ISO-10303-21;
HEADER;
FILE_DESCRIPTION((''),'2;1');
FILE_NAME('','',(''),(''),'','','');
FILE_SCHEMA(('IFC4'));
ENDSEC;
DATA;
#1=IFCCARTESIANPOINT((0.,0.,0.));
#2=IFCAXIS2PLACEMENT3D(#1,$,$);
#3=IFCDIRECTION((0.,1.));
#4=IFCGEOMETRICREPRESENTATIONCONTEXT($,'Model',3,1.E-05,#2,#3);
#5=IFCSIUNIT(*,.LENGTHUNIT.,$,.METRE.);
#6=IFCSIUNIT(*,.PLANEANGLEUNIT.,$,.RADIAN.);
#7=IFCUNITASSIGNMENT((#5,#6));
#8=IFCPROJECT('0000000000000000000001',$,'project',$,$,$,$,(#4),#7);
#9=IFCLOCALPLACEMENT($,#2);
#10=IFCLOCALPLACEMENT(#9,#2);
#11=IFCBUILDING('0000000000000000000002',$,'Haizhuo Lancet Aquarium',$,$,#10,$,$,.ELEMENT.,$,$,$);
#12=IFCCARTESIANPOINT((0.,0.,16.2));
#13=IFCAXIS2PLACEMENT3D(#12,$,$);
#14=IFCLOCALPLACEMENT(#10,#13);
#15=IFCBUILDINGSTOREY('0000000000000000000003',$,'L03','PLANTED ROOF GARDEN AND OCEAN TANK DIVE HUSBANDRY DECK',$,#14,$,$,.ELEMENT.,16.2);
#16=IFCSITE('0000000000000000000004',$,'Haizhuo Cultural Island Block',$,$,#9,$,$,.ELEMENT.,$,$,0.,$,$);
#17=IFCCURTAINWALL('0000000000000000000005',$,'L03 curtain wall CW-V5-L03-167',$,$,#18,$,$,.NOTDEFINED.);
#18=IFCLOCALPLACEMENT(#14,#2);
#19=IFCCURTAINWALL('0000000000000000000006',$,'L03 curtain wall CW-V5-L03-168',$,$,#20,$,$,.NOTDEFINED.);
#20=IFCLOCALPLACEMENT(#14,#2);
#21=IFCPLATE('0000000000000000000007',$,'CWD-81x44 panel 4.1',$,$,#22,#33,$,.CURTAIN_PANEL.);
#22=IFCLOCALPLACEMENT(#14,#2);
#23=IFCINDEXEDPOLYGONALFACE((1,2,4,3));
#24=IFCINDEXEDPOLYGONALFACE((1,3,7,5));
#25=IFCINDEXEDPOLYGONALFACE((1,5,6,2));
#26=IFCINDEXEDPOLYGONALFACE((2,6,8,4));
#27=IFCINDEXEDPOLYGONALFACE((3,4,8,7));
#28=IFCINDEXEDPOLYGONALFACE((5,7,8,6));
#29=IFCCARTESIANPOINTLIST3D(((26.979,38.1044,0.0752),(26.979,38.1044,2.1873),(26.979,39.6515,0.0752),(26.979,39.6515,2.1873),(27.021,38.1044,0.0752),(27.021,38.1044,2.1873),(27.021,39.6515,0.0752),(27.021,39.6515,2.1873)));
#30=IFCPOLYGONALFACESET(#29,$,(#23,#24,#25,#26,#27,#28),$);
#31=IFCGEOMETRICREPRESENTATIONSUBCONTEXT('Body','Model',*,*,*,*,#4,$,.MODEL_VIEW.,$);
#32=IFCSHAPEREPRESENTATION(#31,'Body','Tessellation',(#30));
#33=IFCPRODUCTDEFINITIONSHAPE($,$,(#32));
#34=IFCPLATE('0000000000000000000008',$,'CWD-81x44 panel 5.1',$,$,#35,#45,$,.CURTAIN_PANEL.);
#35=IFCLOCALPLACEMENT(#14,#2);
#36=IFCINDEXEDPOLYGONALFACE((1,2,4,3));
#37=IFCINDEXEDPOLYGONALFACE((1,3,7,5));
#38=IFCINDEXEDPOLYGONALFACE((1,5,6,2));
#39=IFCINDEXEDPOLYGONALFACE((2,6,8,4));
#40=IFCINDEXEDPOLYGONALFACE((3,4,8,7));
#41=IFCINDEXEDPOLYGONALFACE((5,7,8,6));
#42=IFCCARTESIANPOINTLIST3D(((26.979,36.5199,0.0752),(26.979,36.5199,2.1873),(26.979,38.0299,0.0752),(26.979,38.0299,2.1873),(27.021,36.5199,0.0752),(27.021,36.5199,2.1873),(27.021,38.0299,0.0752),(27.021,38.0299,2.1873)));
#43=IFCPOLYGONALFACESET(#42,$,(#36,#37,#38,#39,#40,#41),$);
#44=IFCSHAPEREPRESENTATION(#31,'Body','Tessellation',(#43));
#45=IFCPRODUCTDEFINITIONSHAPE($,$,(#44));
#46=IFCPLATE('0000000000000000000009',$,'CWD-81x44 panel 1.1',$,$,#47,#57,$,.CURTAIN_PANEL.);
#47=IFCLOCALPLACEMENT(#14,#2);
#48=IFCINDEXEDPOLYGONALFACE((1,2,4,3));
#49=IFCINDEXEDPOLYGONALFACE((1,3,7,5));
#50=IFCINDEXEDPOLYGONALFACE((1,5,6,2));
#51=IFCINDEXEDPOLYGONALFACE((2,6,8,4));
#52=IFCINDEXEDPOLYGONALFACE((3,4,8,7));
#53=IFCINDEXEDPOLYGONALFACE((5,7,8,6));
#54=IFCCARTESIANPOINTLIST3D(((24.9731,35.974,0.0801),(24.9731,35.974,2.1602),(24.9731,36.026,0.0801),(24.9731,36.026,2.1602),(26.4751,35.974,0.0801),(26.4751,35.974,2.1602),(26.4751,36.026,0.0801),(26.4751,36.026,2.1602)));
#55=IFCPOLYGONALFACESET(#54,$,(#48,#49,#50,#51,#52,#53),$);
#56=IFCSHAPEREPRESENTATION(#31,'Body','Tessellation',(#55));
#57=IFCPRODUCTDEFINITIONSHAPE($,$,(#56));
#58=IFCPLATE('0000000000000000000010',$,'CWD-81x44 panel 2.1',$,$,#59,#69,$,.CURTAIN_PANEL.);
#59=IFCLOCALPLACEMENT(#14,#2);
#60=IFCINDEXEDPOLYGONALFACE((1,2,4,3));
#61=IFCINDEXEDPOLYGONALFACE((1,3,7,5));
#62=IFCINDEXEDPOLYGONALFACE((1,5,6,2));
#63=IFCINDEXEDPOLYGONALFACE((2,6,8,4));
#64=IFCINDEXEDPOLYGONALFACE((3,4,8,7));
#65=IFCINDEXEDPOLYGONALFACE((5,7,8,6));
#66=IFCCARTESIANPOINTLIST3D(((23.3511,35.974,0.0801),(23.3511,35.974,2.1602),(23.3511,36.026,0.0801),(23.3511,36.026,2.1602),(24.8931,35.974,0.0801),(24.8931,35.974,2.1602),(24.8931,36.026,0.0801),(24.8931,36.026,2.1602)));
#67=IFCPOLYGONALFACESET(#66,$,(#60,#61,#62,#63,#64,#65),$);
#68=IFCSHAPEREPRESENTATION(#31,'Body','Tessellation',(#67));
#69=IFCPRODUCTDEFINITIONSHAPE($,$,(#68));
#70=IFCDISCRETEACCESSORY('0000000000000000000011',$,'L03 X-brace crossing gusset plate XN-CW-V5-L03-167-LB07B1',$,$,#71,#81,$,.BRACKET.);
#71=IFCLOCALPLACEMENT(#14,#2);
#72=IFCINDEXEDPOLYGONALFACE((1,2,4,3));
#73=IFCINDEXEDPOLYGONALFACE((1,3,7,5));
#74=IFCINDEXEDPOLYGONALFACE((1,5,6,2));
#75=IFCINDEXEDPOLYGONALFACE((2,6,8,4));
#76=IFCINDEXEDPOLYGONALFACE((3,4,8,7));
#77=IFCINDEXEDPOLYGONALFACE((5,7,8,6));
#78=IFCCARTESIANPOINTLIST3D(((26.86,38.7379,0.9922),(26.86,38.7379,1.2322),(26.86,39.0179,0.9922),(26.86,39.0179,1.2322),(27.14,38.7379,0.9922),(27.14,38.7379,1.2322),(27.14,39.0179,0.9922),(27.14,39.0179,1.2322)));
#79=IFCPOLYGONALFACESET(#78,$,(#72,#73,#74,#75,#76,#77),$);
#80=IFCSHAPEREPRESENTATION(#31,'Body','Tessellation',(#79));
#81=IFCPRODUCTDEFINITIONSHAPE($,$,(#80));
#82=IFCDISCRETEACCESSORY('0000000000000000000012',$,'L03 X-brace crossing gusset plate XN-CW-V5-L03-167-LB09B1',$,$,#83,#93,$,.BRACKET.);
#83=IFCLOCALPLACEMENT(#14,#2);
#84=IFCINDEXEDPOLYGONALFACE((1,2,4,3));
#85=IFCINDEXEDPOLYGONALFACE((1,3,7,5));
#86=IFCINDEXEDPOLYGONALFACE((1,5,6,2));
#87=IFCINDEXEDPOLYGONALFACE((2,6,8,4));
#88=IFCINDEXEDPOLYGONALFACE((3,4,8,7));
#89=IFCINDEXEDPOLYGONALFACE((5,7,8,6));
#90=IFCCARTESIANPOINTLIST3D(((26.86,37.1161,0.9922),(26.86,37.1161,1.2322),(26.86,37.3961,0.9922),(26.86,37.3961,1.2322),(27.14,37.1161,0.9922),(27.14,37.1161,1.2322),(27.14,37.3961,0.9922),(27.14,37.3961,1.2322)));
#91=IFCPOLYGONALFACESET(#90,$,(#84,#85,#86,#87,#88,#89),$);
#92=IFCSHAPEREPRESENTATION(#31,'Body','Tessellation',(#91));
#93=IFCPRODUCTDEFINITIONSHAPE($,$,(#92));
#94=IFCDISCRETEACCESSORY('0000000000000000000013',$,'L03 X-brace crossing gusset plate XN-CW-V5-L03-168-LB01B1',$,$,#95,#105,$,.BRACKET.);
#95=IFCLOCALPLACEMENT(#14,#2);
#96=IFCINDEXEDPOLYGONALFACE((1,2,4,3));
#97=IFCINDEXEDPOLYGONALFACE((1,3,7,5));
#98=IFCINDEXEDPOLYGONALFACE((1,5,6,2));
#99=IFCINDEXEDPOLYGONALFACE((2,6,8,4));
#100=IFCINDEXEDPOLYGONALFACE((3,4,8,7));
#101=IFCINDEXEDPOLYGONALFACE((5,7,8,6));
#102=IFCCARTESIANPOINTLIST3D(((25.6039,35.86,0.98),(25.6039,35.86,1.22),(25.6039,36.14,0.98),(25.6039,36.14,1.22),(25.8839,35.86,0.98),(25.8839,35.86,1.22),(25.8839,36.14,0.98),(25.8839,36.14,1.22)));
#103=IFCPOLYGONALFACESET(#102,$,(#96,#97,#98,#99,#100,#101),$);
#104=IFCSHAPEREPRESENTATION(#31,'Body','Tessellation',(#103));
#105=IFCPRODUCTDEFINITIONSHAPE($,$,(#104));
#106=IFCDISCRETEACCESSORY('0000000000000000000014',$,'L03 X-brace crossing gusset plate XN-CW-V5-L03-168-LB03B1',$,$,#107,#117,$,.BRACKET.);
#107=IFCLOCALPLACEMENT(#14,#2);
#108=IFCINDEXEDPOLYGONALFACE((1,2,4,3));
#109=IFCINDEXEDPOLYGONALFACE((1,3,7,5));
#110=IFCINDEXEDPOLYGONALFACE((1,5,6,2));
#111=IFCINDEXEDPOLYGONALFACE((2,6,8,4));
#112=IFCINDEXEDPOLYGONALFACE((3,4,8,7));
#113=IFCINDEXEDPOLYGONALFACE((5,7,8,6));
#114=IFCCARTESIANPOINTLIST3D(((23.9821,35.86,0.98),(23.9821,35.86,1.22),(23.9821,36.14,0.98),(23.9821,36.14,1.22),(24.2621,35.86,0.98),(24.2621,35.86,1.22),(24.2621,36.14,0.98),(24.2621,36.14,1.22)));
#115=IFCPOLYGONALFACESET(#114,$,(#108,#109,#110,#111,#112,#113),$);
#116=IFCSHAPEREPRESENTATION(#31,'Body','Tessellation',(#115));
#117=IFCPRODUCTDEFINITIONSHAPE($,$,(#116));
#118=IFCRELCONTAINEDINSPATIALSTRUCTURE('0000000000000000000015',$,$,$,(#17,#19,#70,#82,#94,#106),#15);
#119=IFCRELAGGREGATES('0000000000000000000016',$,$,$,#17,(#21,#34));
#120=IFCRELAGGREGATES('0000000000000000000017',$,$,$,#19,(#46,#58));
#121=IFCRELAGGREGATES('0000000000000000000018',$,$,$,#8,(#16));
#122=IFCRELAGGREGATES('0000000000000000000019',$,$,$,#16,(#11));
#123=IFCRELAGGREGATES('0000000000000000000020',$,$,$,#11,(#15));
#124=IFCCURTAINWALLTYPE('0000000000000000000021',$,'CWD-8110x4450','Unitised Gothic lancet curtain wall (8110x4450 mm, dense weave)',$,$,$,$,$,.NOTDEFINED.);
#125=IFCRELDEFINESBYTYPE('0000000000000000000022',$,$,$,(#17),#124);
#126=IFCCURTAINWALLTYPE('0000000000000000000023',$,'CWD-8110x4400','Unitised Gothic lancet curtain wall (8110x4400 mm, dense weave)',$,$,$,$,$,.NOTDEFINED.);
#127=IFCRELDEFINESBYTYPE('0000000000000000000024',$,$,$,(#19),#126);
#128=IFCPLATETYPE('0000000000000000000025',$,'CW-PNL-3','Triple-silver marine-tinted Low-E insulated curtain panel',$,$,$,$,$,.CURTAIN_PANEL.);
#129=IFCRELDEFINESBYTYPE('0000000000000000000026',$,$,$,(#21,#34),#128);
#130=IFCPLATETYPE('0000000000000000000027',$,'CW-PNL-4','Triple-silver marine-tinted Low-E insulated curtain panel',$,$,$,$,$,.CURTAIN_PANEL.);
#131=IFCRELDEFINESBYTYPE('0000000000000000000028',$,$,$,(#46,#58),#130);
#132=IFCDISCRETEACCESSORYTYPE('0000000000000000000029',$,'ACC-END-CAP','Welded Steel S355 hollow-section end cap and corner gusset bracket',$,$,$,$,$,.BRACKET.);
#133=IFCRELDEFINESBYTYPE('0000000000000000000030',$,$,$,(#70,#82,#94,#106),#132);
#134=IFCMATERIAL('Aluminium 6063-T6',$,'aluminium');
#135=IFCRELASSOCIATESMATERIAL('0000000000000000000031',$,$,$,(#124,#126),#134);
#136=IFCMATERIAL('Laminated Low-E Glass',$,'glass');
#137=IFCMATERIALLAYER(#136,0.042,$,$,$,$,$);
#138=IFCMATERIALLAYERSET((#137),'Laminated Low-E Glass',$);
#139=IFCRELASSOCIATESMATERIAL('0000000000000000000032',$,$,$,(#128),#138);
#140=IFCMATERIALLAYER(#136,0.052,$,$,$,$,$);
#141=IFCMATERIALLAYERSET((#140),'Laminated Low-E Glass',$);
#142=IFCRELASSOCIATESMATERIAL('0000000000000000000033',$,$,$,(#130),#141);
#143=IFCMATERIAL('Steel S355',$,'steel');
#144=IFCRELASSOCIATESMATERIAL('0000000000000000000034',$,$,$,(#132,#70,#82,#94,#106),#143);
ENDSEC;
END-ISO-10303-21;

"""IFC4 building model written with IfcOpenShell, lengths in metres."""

from ifc_helpers import new_model, si_unit, direction, frame, origin, origin_2d, place, context, subcontext, project, spatial, rectangle, extrude, material, layer, layer_set, type_object, element, aggregate, save


model = new_model("IFC4")

# Units and contexts
model_context = context("Model", 3, precision=1e-05, world=origin(), true_north=direction((0.0, 1.0)))
body_context = subcontext(model_context, "Body", "Model", "MODEL_VIEW")
ifc_project = project(units=[si_unit("LENGTHUNIT", "METRE"), si_unit("PLANEANGLEUNIT", "RADIAN")], contexts=[model_context])

# Site, building, storey
site_placement = place(None, origin())
site = spatial("IfcSite", under=ifc_project, at=site_placement, Name="Haizhuo Cultural Island Block", CompositionType="ELEMENT", RefElevation=0.0)
building_placement = place(site_placement, origin())
building = spatial("IfcBuilding", under=site, at=building_placement, Name="Haizhuo Lancet Aquarium", CompositionType="ELEMENT")
storey_placement = place(building_placement, frame((0.0, 0.0, 16.2)))
storey = spatial("IfcBuildingStorey", under=building, at=storey_placement, Name="L03", Description="PLANTED ROOF GARDEN AND OCEAN TANK DIVE HUSBANDRY DECK", CompositionType="ELEMENT", Elevation=16.2)

# Curtain walls
ifc_material_1 = material(Name="Aluminium 6063-T6", Category="aluminium")
curtain_wall_type_1 = type_object("IfcCurtainWallType", Name="CWD-8110x4450", Description="Unitised Gothic lancet curtain wall (8110x4450 mm, dense weave)", PredefinedType="NOTDEFINED", material=ifc_material_1)
curtain_wall_1_placement = place(storey_placement, origin())
curtain_wall_1 = element("IfcCurtainWall", 1, at=curtain_wall_1_placement, inside=storey, type_object=curtain_wall_type_1, Name="L03 curtain wall CW-V5-L03-167", PredefinedType="NOTDEFINED")
curtain_wall_type_2 = type_object("IfcCurtainWallType", Name="CWD-8110x4400", Description="Unitised Gothic lancet curtain wall (8110x4400 mm, dense weave)", PredefinedType="NOTDEFINED", material=ifc_material_1)
curtain_wall_2_placement = place(storey_placement, origin())
curtain_wall_2 = element("IfcCurtainWall", 2, at=curtain_wall_2_placement, inside=storey, type_object=curtain_wall_type_2, Name="L03 curtain wall CW-V5-L03-168", PredefinedType="NOTDEFINED")

# Shared definitions
ifc_material_2 = material(Name="Steel S355", Category="steel")

# Plates
ifc_material_3 = material(Name="Laminated Low-E Glass", Category="glass")
ifc_layer_1 = layer(ifc_material_3, 0.042)
ifc_layer_set_1 = layer_set([ifc_layer_1], Name="Laminated Low-E Glass")
plate_type_1 = type_object("IfcPlateType", Name="CW-PNL-3", Description="Triple-silver marine-tinted Low-E insulated curtain panel", PredefinedType="CURTAIN_PANEL", material=ifc_layer_set_1)
plate_1_placement = place(storey_placement, frame((27.0, 38.8779, 0.0752), z_axis=(0.0, 0.0, 1.0), x_axis=(0.0, -1.0, 0.0)))
plate_1 = element("IfcPlate", 3, at=plate_1_placement, type_object=plate_type_1, Name="CWD-81x44 panel 4.1", PredefinedType="CURTAIN_PANEL", context=body_context, shape_type="SweptSolid", body=[
    extrude(rectangle(XDim=1.5471, YDim=0.042, at=origin_2d()), origin(), (0.0, 0.0, 1.0), 2.1121),
])
plate_2_placement = place(storey_placement, frame((27.0, 37.2749, 0.0752), z_axis=(0.0, 0.0, 1.0), x_axis=(0.0, -1.0, 0.0)))
plate_2 = element("IfcPlate", 4, at=plate_2_placement, type_object=plate_type_1, Name="CWD-81x44 panel 5.1", PredefinedType="CURTAIN_PANEL", context=body_context, shape_type="SweptSolid", body=[
    extrude(rectangle(XDim=1.51, YDim=0.042, at=origin_2d()), origin(), (0.0, 0.0, 1.0), 2.1121),
])
aggregate(curtain_wall_1, [plate_1, plate_2])
ifc_layer_2 = layer(ifc_material_3, 0.052)
ifc_layer_set_2 = layer_set([ifc_layer_2], Name="Laminated Low-E Glass")
plate_type_2 = type_object("IfcPlateType", Name="CW-PNL-4", Description="Triple-silver marine-tinted Low-E insulated curtain panel", PredefinedType="CURTAIN_PANEL", material=ifc_layer_set_2)
plate_3_placement = place(storey_placement, frame((25.7241, 36.0, 0.0801), z_axis=(0.0, 0.0, 1.0), x_axis=(-1.0, 0.0, 0.0)))
plate_3 = element("IfcPlate", 5, at=plate_3_placement, type_object=plate_type_2, Name="CWD-81x44 panel 1.1", PredefinedType="CURTAIN_PANEL", context=body_context, shape_type="SweptSolid", body=[
    extrude(rectangle(XDim=1.502, YDim=0.052, at=origin_2d()), origin(), (0.0, 0.0, 1.0), 2.0801),
])
plate_4_placement = place(storey_placement, frame((24.1221, 36.0, 0.0801), z_axis=(0.0, 0.0, 1.0), x_axis=(-1.0, 0.0, 0.0)))
plate_4 = element("IfcPlate", 6, at=plate_4_placement, type_object=plate_type_2, Name="CWD-81x44 panel 2.1", PredefinedType="CURTAIN_PANEL", context=body_context, shape_type="SweptSolid", body=[
    extrude(rectangle(XDim=1.542, YDim=0.052, at=origin_2d()), origin(), (0.0, 0.0, 1.0), 2.0801),
])
aggregate(curtain_wall_2, [plate_3, plate_4])

# Discrete accessories
discrete_accessory_type = type_object("IfcDiscreteAccessoryType", Name="ACC-END-CAP", Description="Welded Steel S355 hollow-section end cap and corner gusset bracket", PredefinedType="BRACKET", material=ifc_material_2)
for number, where, z_axis, x_axis, name in (
    (7, (27.0, 38.8779, 0.9922), (0.0, 0.0, 1.0), (1.0, 0.0, 0.0), "L03 X-brace crossing gusset plate XN-CW-V5-L03-167-LB07B1"),
    (8, (27.0, 37.2561, 0.9922), (0.0, 0.0, 1.0), (1.0, 0.0, 0.0), "L03 X-brace crossing gusset plate XN-CW-V5-L03-167-LB09B1"),
    (9, (25.7439, 36.0, 0.98), (0.0, 0.0, 1.0), (1.0, 0.0, 0.0), "L03 X-brace crossing gusset plate XN-CW-V5-L03-168-LB01B1"),
    (10, (24.1221, 36.0, 0.98), (0.0, 0.0, 1.0), (1.0, 0.0, 0.0), "L03 X-brace crossing gusset plate XN-CW-V5-L03-168-LB03B1"),
):
    element("IfcDiscreteAccessory", number, at=place(storey_placement, frame(where, z_axis=z_axis, x_axis=x_axis)), inside=storey, type_object=discrete_accessory_type, material=ifc_material_2, Name=name, PredefinedType="BRACKET", context=body_context, shape_type="SweptSolid", body=[
        extrude(rectangle(XDim=0.28, YDim=0.28, at=origin_2d()), origin(), (0.0, 0.0, 1.0), 0.24),
    ])

save(model, "model.ifc")
